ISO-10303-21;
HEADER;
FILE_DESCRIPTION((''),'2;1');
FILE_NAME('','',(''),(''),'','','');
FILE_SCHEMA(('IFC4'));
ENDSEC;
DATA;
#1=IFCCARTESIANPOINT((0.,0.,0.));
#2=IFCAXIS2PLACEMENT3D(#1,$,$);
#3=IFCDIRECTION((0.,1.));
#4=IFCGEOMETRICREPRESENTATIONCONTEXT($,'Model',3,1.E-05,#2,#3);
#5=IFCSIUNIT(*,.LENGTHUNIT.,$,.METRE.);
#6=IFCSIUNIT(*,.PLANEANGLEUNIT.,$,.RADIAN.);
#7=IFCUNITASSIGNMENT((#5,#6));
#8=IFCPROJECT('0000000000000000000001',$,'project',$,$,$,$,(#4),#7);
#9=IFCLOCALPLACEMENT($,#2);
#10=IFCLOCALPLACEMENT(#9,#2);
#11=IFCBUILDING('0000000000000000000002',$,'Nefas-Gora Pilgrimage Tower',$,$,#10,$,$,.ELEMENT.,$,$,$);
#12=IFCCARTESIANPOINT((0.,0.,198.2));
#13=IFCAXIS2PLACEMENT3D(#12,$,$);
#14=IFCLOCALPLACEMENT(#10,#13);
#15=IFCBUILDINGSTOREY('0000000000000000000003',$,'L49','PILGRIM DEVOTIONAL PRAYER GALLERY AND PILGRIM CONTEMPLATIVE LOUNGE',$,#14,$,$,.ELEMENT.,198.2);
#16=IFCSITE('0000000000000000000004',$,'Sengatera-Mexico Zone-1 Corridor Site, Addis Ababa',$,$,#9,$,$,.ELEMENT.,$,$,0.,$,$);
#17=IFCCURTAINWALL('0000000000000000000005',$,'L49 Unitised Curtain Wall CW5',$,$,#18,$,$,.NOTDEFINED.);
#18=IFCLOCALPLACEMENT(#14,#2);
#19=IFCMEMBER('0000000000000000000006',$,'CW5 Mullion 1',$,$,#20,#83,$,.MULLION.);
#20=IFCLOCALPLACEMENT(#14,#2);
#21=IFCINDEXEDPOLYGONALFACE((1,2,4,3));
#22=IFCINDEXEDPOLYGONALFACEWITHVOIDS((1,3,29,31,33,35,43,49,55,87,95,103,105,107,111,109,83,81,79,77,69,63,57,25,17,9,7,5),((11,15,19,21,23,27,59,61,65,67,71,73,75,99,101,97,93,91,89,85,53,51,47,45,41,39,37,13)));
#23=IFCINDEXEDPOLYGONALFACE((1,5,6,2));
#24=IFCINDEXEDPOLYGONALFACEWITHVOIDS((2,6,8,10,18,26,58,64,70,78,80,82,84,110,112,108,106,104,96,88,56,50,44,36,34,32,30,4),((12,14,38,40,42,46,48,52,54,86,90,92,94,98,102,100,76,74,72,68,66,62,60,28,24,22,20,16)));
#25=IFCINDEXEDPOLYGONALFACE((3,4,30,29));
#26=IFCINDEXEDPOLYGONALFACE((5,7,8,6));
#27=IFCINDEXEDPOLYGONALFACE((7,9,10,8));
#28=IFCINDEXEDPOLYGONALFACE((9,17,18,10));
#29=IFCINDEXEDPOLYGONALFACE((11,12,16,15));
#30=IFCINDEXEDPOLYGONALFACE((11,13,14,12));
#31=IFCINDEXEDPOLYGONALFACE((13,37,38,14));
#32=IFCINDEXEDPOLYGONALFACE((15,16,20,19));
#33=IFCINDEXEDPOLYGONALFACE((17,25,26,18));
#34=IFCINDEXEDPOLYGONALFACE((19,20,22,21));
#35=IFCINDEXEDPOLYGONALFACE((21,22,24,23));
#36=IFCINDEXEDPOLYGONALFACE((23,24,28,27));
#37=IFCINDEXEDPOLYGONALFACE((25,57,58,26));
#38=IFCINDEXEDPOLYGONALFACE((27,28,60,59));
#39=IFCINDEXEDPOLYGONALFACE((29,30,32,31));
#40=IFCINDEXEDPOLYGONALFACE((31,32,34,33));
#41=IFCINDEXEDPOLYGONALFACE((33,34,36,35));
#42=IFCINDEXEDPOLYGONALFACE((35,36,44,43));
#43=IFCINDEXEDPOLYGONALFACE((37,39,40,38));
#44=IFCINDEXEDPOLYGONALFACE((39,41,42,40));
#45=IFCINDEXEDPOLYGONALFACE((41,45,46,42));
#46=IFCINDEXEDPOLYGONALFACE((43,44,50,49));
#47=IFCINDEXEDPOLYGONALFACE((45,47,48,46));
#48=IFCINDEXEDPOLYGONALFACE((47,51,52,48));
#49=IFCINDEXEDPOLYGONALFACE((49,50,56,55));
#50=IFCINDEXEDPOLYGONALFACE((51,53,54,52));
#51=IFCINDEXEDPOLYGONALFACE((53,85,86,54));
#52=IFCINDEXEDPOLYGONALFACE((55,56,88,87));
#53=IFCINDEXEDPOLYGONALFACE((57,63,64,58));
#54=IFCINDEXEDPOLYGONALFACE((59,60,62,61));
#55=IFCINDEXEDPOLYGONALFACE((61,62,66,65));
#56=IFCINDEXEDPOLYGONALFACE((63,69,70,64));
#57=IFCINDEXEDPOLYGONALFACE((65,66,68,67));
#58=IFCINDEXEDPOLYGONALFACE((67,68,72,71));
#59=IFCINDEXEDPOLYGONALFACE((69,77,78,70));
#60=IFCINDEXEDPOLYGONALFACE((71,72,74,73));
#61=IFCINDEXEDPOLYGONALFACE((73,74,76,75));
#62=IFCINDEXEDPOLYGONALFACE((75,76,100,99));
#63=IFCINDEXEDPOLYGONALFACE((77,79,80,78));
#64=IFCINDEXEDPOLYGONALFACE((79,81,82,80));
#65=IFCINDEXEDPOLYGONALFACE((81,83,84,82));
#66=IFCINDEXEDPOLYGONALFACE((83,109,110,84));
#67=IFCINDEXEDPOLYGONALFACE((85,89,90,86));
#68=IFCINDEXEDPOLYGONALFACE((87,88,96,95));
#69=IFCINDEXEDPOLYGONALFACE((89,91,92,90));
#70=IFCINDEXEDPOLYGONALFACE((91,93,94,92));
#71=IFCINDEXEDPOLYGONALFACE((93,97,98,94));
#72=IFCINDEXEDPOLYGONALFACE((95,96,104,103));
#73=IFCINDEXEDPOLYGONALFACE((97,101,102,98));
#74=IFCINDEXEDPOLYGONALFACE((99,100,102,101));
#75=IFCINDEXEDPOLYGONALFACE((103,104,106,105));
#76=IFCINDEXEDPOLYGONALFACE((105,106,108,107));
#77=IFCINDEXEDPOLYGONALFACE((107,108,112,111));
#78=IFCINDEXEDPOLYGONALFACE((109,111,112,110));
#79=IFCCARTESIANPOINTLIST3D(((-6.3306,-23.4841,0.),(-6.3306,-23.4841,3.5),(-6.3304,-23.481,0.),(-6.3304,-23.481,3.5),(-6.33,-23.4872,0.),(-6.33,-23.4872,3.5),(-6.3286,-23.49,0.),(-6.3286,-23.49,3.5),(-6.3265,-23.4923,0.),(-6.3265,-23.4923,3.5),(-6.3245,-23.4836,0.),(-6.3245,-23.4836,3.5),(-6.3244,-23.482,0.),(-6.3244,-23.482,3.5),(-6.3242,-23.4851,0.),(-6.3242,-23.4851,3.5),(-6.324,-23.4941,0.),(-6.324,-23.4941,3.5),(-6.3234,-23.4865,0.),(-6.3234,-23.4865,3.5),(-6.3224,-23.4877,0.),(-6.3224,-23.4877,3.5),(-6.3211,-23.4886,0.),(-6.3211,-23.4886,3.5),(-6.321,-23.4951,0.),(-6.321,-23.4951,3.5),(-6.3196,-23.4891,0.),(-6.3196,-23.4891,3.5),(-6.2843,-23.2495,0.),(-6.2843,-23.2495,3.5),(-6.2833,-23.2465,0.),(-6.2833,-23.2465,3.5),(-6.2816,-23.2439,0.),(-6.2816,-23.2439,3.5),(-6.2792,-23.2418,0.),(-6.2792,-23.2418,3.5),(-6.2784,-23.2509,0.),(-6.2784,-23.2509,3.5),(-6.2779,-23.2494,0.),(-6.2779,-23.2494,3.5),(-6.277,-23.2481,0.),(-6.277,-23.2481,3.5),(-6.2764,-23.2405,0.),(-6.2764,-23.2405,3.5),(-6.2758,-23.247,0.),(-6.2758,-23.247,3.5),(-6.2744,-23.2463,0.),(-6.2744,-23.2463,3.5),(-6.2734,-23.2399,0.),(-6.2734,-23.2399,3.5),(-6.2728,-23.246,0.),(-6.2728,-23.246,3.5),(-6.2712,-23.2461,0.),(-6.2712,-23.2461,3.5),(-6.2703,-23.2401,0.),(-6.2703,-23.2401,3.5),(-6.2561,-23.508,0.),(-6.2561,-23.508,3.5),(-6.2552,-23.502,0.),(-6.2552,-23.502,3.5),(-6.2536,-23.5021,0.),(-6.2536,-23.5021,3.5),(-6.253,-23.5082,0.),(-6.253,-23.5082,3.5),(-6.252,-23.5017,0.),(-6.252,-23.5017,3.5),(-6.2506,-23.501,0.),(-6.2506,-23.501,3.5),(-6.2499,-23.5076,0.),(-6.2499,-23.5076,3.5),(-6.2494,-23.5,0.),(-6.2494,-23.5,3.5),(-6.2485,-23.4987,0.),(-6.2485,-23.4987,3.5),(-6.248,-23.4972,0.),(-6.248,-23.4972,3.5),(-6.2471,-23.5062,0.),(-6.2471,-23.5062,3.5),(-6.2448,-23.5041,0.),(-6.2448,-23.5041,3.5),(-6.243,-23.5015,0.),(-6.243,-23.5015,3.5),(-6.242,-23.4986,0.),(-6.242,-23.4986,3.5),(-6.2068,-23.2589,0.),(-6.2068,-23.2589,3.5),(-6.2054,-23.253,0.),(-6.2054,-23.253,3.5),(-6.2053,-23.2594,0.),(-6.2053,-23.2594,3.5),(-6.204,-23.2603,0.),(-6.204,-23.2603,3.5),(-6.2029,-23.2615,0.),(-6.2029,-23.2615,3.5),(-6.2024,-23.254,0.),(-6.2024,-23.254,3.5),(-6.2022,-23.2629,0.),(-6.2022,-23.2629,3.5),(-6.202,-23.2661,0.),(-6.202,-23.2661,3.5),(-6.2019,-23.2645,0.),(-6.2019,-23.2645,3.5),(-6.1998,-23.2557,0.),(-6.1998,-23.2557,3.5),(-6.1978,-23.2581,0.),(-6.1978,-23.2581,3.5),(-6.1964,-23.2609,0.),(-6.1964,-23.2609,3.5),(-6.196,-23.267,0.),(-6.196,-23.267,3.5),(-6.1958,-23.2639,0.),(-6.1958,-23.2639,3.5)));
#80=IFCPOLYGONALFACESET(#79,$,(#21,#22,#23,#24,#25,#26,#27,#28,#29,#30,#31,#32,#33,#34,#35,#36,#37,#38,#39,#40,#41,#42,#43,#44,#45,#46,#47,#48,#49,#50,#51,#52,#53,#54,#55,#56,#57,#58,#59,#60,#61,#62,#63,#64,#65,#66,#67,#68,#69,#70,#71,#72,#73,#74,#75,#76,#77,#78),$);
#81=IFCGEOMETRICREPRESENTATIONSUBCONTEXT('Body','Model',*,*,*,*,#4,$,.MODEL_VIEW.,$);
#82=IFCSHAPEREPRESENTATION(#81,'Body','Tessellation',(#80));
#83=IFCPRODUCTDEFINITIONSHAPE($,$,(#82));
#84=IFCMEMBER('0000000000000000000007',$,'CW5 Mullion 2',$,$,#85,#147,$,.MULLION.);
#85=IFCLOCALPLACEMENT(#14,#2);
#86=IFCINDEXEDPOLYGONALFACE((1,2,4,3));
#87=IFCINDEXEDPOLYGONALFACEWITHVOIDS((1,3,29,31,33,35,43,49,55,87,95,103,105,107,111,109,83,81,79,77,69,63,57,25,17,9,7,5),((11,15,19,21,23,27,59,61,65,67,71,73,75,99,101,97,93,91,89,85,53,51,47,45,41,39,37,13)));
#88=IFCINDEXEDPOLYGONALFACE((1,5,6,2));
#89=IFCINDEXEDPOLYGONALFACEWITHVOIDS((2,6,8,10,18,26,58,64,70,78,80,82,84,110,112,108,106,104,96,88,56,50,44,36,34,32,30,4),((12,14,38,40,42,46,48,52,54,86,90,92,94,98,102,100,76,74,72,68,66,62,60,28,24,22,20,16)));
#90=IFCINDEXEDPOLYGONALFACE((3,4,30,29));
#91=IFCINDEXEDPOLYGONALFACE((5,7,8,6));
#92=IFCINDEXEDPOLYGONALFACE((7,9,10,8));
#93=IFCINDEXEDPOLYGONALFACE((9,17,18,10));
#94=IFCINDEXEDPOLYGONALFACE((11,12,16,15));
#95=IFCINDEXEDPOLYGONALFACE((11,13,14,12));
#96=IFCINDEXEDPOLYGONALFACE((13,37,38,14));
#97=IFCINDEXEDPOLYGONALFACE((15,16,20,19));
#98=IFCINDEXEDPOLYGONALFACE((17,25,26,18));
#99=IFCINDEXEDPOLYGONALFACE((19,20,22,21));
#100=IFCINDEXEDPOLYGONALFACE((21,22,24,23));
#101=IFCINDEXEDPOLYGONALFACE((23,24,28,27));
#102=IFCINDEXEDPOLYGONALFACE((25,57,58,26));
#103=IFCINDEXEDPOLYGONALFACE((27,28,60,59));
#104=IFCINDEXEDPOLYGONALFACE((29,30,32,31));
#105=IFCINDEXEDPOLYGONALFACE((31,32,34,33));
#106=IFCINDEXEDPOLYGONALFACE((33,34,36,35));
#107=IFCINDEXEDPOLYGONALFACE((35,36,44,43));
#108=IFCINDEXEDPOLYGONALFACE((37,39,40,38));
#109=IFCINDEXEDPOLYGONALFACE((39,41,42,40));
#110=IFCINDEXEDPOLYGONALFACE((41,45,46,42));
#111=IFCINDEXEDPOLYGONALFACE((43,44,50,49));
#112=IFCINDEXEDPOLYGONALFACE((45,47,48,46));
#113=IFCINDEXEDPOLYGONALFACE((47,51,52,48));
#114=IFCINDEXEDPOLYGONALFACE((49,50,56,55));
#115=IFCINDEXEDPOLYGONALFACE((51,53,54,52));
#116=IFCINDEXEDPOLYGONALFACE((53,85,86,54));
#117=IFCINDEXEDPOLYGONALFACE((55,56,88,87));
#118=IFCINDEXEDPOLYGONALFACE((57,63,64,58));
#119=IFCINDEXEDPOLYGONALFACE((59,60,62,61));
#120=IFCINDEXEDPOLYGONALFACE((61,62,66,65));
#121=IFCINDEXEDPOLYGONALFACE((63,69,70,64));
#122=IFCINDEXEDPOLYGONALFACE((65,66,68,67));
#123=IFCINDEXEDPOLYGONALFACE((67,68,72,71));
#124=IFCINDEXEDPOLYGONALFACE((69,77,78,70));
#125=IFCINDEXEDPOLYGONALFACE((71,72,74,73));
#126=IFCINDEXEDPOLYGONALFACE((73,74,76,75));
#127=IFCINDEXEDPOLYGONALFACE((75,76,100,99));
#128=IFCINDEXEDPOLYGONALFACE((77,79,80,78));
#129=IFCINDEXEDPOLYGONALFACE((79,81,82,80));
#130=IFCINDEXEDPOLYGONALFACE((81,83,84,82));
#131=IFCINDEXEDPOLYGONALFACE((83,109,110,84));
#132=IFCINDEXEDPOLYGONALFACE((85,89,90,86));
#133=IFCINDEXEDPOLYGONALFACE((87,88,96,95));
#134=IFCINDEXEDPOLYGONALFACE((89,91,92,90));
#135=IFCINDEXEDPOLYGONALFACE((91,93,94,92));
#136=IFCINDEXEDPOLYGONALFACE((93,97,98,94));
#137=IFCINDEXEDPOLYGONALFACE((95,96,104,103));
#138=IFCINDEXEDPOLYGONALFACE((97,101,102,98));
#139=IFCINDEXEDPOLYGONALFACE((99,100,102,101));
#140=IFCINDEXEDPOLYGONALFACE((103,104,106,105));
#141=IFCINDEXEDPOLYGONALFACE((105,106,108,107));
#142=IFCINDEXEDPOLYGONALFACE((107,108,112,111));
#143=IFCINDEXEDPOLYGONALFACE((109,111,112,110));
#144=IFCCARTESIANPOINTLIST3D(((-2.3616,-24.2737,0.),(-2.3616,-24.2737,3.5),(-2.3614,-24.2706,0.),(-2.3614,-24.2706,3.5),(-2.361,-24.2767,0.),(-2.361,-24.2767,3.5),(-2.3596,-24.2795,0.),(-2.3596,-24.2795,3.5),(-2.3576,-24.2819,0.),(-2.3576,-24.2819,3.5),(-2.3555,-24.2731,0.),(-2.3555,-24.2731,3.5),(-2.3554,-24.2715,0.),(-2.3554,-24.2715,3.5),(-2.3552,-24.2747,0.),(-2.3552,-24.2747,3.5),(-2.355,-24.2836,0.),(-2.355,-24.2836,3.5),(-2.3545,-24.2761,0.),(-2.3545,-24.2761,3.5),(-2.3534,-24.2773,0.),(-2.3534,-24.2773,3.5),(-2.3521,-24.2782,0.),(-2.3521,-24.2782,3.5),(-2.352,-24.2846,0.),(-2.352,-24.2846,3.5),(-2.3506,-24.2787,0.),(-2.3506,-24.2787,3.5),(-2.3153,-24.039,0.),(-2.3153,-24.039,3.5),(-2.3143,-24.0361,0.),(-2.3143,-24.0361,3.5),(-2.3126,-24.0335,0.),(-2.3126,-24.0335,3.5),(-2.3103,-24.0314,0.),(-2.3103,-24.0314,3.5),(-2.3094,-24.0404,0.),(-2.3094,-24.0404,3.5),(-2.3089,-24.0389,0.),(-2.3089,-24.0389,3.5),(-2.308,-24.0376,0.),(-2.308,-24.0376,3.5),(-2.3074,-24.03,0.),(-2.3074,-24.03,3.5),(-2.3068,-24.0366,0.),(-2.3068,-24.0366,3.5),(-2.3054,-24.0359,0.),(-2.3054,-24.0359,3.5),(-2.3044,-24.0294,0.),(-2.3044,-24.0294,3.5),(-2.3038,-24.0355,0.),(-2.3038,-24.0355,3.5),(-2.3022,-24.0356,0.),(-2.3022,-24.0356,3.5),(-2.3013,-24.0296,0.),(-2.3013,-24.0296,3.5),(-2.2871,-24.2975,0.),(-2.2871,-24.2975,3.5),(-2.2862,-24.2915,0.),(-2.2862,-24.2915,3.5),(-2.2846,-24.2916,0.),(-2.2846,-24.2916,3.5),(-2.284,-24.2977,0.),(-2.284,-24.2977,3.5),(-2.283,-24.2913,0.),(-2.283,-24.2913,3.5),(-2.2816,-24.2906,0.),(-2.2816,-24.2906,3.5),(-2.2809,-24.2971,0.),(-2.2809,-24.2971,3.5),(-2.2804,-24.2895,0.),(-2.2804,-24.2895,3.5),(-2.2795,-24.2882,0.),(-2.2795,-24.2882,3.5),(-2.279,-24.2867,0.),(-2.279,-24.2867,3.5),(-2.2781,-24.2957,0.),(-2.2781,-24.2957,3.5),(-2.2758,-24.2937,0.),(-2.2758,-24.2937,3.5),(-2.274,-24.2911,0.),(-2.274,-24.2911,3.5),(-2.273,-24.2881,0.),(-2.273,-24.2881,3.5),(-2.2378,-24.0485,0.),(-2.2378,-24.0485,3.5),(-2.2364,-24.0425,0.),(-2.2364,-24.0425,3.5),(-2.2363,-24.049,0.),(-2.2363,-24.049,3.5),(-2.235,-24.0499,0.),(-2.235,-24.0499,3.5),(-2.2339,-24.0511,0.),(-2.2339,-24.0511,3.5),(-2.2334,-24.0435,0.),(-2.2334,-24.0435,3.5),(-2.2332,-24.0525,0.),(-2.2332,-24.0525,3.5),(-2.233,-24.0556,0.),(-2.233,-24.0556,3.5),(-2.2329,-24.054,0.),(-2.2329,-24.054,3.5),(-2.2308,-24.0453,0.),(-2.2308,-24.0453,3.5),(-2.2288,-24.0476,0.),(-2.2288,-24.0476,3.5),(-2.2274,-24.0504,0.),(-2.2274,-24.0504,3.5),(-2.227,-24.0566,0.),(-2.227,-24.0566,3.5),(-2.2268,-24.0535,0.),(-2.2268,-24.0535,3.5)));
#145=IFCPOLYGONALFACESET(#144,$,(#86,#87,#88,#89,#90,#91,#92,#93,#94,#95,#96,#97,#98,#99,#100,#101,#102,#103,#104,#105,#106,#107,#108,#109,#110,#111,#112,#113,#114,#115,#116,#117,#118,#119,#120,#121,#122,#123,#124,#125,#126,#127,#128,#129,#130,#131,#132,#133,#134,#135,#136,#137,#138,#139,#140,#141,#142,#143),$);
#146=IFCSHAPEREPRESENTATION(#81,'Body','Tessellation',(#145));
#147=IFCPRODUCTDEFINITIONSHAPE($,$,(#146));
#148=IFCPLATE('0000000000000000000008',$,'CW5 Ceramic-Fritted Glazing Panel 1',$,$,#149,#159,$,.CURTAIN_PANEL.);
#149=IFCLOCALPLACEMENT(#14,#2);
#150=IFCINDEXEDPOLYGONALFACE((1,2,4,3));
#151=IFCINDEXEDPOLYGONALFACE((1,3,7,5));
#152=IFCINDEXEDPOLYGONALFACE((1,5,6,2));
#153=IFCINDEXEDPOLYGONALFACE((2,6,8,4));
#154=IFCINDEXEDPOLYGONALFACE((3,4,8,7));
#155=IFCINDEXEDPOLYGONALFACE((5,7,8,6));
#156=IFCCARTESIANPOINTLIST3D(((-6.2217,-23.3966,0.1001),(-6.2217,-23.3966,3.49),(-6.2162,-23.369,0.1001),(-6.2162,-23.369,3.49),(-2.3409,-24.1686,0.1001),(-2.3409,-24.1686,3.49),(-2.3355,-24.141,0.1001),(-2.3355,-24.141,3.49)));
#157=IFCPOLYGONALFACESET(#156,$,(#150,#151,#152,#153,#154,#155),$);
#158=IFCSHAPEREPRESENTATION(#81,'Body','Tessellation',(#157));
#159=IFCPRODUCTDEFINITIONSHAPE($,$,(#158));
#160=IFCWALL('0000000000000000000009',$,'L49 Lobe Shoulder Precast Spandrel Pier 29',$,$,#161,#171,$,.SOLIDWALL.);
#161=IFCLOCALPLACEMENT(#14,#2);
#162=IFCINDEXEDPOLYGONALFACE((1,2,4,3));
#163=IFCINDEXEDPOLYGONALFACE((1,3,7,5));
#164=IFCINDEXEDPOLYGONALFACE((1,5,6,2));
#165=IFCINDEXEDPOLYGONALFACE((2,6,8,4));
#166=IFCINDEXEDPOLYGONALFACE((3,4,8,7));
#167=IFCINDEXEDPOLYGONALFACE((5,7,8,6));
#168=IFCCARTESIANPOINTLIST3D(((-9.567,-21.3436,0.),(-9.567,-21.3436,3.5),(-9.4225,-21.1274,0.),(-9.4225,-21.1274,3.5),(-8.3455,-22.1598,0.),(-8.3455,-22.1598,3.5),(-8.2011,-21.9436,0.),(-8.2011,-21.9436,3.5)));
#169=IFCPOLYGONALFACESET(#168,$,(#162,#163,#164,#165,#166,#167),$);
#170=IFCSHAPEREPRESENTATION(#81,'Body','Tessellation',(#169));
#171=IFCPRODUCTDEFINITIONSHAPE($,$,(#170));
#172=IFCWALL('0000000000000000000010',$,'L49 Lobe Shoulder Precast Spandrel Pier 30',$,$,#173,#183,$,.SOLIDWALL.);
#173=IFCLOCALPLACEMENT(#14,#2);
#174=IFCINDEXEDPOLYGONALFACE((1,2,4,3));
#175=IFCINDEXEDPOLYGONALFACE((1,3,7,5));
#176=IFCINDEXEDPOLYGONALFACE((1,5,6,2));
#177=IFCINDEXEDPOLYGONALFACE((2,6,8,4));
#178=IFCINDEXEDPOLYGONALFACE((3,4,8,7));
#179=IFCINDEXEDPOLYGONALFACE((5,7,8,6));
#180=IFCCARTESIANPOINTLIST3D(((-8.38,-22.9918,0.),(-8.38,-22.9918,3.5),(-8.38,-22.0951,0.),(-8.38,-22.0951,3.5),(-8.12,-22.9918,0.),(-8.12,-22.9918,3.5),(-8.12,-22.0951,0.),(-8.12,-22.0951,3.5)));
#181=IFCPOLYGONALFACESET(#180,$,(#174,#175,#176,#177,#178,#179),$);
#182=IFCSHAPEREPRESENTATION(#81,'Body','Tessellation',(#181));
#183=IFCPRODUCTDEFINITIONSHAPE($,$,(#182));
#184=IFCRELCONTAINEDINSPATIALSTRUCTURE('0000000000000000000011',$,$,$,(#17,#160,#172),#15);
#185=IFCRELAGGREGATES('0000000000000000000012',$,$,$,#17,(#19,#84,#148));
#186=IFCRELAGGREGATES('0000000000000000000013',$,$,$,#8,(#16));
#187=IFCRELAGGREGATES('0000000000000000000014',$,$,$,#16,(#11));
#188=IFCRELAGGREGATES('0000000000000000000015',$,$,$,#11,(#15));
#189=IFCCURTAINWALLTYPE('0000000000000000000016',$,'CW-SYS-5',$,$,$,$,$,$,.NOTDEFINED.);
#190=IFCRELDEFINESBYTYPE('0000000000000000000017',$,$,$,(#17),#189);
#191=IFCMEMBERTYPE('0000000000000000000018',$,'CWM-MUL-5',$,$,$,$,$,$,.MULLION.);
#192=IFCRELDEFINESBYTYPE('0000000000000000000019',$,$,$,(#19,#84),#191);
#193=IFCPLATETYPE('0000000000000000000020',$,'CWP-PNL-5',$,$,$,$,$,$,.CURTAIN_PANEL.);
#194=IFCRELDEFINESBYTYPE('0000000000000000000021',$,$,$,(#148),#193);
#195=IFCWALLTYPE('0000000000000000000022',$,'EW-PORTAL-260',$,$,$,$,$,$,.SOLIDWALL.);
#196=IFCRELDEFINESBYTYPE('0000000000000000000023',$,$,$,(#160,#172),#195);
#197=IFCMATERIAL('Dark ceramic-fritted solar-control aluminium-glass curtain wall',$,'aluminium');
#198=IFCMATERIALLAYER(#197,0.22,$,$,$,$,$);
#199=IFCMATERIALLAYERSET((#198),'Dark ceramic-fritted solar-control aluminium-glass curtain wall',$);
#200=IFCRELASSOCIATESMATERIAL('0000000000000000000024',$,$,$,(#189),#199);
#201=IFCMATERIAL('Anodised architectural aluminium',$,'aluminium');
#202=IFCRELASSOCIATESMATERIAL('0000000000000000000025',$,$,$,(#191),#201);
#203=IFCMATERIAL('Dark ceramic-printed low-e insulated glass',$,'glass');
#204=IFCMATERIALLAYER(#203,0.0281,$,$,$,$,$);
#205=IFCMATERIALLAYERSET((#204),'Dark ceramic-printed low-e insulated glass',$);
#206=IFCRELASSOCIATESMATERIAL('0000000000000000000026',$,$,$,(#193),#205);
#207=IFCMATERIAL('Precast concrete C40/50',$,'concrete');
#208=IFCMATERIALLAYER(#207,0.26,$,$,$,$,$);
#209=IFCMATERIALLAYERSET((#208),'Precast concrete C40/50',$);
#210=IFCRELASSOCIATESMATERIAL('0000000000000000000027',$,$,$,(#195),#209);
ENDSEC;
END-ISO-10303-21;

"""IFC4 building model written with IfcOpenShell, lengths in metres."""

from ifc_helpers import new_model, si_unit, direction, frame, frame_2d, origin, origin_2d, place, context, subcontext, project, spatial, rectangle, hollow_rectangle, extrude, source, transform, mapped, material, layer, layer_set, material_profile, profile_set, type_object, element, aggregate, save


model = new_model("IFC4")

# Units and contexts
model_context = context("Model", 3, precision=1e-05, world=origin(), true_north=direction((0.0, 1.0)))
body_context = subcontext(model_context, "Body", "Model", "MODEL_VIEW")
ifc_project = project(units=[si_unit("LENGTHUNIT", "METRE"), si_unit("PLANEANGLEUNIT", "RADIAN")], contexts=[model_context])

# Site, building, storey
site_placement = place(None, origin())
site = spatial("IfcSite", under=ifc_project, at=site_placement, Name="Sengatera-Mexico Zone-1 Corridor Site, Addis Ababa", CompositionType="ELEMENT", RefElevation=0.0)
building_placement = place(site_placement, origin())
building = spatial("IfcBuilding", under=site, at=building_placement, Name="Nefas-Gora Pilgrimage Tower", CompositionType="ELEMENT")
storey_placement = place(building_placement, frame((0.0, 0.0, 198.2)))
storey = spatial("IfcBuildingStorey", under=building, at=storey_placement, Name="L49", Description="PILGRIM DEVOTIONAL PRAYER GALLERY AND PILGRIM CONTEMPLATIVE LOUNGE", CompositionType="ELEMENT", Elevation=198.2)

# Curtain wall
ifc_material_1 = material(Name="Dark ceramic-fritted solar-control aluminium-glass curtain wall", Category="aluminium")
ifc_layer_1 = layer(ifc_material_1, 0.22)
ifc_layer_set_1 = layer_set([ifc_layer_1], Name="Dark ceramic-fritted solar-control aluminium-glass curtain wall")
curtain_wall_type = type_object("IfcCurtainWallType", Name="CW-SYS-5", PredefinedType="NOTDEFINED", material=ifc_layer_set_1)
curtain_wall_1_placement = place(storey_placement, origin())
curtain_wall_1 = element("IfcCurtainWall", 1, at=curtain_wall_1_placement, inside=storey, type_object=curtain_wall_type, Name="L49 Unitised Curtain Wall CW5", PredefinedType="NOTDEFINED")
ifc_material_2 = material(Name="Anodised architectural aluminium", Category="aluminium")
ifc_material_profile_1 = material_profile(ifc_material_2, hollow_rectangle(XDim=0.0901, YDim=0.26, WallThickness=0.0061, InnerFilletRadius=0.0061, OuterFilletRadius=0.012, at=origin_2d()), Name="ALU MULLION 90x260")
ifc_profile_set_1 = profile_set([ifc_material_profile_1], Name="Anodised architectural aluminium")
member_type_1 = type_object("IfcMemberType", Name="CWM-MUL-5", PredefinedType="MULLION", material=ifc_profile_set_1)
shared_shape_1 = source(origin(), body_context, "Body", "SweptSolid", [
    extrude(hollow_rectangle(XDim=0.0901, YDim=0.26, WallThickness=0.0061, InnerFilletRadius=0.0061, OuterFilletRadius=0.012, at=origin_2d()), origin(), (0.0, 0.0, 1.0), 3.5),
])

# Members
member_1_placement = place(storey_placement, frame((-6.2632, -23.374, 0.0), z_axis=(0.0, 0.0, 1.0), x_axis=(0.980783, -0.195102, 0.0)))
member_1 = element("IfcMember", 2, at=member_1_placement, type_object=member_type_1, Name="CW5 Mullion 1", PredefinedType="MULLION", context=body_context, shape_type="MappedRepresentation", body=[
    mapped(shared_shape_1, transform((0.0, 0.0, 0.0), x_axis=(1.0, 0.0, 0.0), y_axis=(0.0, 1.0, 0.0), z_axis=(0.0, 0.0, 1.0), scale=1.0)),
])
member_2_placement = place(storey_placement, frame((-2.2942, -24.1636, 0.0), z_axis=(0.0, 0.0, 1.0), x_axis=(0.980783, -0.195102, 0.0)))
member_2 = element("IfcMember", 3, at=member_2_placement, type_object=member_type_1, Name="CW5 Mullion 2", PredefinedType="MULLION", context=body_context, shape_type="MappedRepresentation", body=[
    mapped(shared_shape_1, transform((0.0, 0.0, 0.0), x_axis=(1.0, 0.0, 0.0), y_axis=(0.0, 1.0, 0.0), z_axis=(0.0, 0.0, 1.0), scale=1.0)),
])

# Plate
ifc_material_3 = material(Name="Dark ceramic-printed low-e insulated glass", Category="glass")
ifc_layer_2 = layer(ifc_material_3, 0.0281)
ifc_layer_set_2 = layer_set([ifc_layer_2], Name="Dark ceramic-printed low-e insulated glass")
plate_type = type_object("IfcPlateType", Name="CWP-PNL-5", PredefinedType="CURTAIN_PANEL", material=ifc_layer_set_2)
shared_shape_2 = source(origin(), body_context, "Body", "SweptSolid", [
    extrude(rectangle(XDim=3.9568, YDim=0.0281, at=origin_2d()), origin(), (0.0, 0.0, 1.0), 3.3899),
])
plate_placement = place(storey_placement, frame((-4.2786, -23.7688, 0.1001), z_axis=(0.0, 0.0, 1.0), x_axis=(0.980783, -0.195102, 0.0)))
plate = element("IfcPlate", 4, at=plate_placement, type_object=plate_type, Name="CW5 Ceramic-Fritted Glazing Panel 1", PredefinedType="CURTAIN_PANEL", context=body_context, shape_type="MappedRepresentation", body=[
    mapped(shared_shape_2, transform((0.0, 0.0, 0.0), x_axis=(1.0, 0.0, 0.0), y_axis=(0.0, 1.0, 0.0), z_axis=(0.0, 0.0, 1.0), scale=1.0)),
])
aggregate(curtain_wall_1, [member_1, member_2, plate])

# Walls
ifc_material_4 = material(Name="Precast concrete C40/50", Category="concrete")
ifc_layer_3 = layer(ifc_material_4, 0.26)
ifc_layer_set_3 = layer_set([ifc_layer_3], Name="Precast concrete C40/50")
wall_type_1 = type_object("IfcWallType", Name="EW-PORTAL-260", PredefinedType="SOLIDWALL", material=ifc_layer_set_3)
shared_shape_3 = source(origin(), body_context, "Body", "SweptSolid", [
    extrude(rectangle(XDim=1.469, YDim=0.26, at=frame_2d((0.7344, 0.0))), origin(), (0.0, 0.0, 1.0), 3.5),
])
wall_1_placement = place(storey_placement, frame((-9.4946, -21.2356, 0.0), z_axis=(0.0, 0.0, 1.0), x_axis=(0.831462, -0.555582, 0.0)))
element("IfcWall", 5, at=wall_1_placement, inside=storey, type_object=wall_type_1, Name="L49 Lobe Shoulder Precast Spandrel Pier 29", PredefinedType="SOLIDWALL", context=body_context, shape_type="MappedRepresentation", body=[
    mapped(shared_shape_3, transform((0.0, 0.0, 0.0), x_axis=(1.0, 0.0, 0.0), y_axis=(0.0, 1.0, 0.0), z_axis=(0.0, 0.0, 1.0), scale=1.0)),
])
shared_shape_4 = source(origin(), body_context, "Body", "SweptSolid", [
    extrude(rectangle(XDim=0.8967, YDim=0.26, at=frame_2d((0.4482, 0.0))), origin(), (0.0, 0.0, 1.0), 3.5),
])
wall_2_placement = place(storey_placement, frame((-8.25, -22.0952, 0.0), z_axis=(0.0, 0.0, 1.0), x_axis=(0.0, -1.0, 0.0)))
element("IfcWall", 6, at=wall_2_placement, inside=storey, type_object=wall_type_1, Name="L49 Lobe Shoulder Precast Spandrel Pier 30", PredefinedType="SOLIDWALL", context=body_context, shape_type="MappedRepresentation", body=[
    mapped(shared_shape_4, transform((0.0, 0.0, 0.0), x_axis=(1.0, 0.0, 0.0), y_axis=(0.0, 1.0, 0.0), z_axis=(0.0, 0.0, 1.0), scale=1.0)),
])

save(model, "model.ifc")
